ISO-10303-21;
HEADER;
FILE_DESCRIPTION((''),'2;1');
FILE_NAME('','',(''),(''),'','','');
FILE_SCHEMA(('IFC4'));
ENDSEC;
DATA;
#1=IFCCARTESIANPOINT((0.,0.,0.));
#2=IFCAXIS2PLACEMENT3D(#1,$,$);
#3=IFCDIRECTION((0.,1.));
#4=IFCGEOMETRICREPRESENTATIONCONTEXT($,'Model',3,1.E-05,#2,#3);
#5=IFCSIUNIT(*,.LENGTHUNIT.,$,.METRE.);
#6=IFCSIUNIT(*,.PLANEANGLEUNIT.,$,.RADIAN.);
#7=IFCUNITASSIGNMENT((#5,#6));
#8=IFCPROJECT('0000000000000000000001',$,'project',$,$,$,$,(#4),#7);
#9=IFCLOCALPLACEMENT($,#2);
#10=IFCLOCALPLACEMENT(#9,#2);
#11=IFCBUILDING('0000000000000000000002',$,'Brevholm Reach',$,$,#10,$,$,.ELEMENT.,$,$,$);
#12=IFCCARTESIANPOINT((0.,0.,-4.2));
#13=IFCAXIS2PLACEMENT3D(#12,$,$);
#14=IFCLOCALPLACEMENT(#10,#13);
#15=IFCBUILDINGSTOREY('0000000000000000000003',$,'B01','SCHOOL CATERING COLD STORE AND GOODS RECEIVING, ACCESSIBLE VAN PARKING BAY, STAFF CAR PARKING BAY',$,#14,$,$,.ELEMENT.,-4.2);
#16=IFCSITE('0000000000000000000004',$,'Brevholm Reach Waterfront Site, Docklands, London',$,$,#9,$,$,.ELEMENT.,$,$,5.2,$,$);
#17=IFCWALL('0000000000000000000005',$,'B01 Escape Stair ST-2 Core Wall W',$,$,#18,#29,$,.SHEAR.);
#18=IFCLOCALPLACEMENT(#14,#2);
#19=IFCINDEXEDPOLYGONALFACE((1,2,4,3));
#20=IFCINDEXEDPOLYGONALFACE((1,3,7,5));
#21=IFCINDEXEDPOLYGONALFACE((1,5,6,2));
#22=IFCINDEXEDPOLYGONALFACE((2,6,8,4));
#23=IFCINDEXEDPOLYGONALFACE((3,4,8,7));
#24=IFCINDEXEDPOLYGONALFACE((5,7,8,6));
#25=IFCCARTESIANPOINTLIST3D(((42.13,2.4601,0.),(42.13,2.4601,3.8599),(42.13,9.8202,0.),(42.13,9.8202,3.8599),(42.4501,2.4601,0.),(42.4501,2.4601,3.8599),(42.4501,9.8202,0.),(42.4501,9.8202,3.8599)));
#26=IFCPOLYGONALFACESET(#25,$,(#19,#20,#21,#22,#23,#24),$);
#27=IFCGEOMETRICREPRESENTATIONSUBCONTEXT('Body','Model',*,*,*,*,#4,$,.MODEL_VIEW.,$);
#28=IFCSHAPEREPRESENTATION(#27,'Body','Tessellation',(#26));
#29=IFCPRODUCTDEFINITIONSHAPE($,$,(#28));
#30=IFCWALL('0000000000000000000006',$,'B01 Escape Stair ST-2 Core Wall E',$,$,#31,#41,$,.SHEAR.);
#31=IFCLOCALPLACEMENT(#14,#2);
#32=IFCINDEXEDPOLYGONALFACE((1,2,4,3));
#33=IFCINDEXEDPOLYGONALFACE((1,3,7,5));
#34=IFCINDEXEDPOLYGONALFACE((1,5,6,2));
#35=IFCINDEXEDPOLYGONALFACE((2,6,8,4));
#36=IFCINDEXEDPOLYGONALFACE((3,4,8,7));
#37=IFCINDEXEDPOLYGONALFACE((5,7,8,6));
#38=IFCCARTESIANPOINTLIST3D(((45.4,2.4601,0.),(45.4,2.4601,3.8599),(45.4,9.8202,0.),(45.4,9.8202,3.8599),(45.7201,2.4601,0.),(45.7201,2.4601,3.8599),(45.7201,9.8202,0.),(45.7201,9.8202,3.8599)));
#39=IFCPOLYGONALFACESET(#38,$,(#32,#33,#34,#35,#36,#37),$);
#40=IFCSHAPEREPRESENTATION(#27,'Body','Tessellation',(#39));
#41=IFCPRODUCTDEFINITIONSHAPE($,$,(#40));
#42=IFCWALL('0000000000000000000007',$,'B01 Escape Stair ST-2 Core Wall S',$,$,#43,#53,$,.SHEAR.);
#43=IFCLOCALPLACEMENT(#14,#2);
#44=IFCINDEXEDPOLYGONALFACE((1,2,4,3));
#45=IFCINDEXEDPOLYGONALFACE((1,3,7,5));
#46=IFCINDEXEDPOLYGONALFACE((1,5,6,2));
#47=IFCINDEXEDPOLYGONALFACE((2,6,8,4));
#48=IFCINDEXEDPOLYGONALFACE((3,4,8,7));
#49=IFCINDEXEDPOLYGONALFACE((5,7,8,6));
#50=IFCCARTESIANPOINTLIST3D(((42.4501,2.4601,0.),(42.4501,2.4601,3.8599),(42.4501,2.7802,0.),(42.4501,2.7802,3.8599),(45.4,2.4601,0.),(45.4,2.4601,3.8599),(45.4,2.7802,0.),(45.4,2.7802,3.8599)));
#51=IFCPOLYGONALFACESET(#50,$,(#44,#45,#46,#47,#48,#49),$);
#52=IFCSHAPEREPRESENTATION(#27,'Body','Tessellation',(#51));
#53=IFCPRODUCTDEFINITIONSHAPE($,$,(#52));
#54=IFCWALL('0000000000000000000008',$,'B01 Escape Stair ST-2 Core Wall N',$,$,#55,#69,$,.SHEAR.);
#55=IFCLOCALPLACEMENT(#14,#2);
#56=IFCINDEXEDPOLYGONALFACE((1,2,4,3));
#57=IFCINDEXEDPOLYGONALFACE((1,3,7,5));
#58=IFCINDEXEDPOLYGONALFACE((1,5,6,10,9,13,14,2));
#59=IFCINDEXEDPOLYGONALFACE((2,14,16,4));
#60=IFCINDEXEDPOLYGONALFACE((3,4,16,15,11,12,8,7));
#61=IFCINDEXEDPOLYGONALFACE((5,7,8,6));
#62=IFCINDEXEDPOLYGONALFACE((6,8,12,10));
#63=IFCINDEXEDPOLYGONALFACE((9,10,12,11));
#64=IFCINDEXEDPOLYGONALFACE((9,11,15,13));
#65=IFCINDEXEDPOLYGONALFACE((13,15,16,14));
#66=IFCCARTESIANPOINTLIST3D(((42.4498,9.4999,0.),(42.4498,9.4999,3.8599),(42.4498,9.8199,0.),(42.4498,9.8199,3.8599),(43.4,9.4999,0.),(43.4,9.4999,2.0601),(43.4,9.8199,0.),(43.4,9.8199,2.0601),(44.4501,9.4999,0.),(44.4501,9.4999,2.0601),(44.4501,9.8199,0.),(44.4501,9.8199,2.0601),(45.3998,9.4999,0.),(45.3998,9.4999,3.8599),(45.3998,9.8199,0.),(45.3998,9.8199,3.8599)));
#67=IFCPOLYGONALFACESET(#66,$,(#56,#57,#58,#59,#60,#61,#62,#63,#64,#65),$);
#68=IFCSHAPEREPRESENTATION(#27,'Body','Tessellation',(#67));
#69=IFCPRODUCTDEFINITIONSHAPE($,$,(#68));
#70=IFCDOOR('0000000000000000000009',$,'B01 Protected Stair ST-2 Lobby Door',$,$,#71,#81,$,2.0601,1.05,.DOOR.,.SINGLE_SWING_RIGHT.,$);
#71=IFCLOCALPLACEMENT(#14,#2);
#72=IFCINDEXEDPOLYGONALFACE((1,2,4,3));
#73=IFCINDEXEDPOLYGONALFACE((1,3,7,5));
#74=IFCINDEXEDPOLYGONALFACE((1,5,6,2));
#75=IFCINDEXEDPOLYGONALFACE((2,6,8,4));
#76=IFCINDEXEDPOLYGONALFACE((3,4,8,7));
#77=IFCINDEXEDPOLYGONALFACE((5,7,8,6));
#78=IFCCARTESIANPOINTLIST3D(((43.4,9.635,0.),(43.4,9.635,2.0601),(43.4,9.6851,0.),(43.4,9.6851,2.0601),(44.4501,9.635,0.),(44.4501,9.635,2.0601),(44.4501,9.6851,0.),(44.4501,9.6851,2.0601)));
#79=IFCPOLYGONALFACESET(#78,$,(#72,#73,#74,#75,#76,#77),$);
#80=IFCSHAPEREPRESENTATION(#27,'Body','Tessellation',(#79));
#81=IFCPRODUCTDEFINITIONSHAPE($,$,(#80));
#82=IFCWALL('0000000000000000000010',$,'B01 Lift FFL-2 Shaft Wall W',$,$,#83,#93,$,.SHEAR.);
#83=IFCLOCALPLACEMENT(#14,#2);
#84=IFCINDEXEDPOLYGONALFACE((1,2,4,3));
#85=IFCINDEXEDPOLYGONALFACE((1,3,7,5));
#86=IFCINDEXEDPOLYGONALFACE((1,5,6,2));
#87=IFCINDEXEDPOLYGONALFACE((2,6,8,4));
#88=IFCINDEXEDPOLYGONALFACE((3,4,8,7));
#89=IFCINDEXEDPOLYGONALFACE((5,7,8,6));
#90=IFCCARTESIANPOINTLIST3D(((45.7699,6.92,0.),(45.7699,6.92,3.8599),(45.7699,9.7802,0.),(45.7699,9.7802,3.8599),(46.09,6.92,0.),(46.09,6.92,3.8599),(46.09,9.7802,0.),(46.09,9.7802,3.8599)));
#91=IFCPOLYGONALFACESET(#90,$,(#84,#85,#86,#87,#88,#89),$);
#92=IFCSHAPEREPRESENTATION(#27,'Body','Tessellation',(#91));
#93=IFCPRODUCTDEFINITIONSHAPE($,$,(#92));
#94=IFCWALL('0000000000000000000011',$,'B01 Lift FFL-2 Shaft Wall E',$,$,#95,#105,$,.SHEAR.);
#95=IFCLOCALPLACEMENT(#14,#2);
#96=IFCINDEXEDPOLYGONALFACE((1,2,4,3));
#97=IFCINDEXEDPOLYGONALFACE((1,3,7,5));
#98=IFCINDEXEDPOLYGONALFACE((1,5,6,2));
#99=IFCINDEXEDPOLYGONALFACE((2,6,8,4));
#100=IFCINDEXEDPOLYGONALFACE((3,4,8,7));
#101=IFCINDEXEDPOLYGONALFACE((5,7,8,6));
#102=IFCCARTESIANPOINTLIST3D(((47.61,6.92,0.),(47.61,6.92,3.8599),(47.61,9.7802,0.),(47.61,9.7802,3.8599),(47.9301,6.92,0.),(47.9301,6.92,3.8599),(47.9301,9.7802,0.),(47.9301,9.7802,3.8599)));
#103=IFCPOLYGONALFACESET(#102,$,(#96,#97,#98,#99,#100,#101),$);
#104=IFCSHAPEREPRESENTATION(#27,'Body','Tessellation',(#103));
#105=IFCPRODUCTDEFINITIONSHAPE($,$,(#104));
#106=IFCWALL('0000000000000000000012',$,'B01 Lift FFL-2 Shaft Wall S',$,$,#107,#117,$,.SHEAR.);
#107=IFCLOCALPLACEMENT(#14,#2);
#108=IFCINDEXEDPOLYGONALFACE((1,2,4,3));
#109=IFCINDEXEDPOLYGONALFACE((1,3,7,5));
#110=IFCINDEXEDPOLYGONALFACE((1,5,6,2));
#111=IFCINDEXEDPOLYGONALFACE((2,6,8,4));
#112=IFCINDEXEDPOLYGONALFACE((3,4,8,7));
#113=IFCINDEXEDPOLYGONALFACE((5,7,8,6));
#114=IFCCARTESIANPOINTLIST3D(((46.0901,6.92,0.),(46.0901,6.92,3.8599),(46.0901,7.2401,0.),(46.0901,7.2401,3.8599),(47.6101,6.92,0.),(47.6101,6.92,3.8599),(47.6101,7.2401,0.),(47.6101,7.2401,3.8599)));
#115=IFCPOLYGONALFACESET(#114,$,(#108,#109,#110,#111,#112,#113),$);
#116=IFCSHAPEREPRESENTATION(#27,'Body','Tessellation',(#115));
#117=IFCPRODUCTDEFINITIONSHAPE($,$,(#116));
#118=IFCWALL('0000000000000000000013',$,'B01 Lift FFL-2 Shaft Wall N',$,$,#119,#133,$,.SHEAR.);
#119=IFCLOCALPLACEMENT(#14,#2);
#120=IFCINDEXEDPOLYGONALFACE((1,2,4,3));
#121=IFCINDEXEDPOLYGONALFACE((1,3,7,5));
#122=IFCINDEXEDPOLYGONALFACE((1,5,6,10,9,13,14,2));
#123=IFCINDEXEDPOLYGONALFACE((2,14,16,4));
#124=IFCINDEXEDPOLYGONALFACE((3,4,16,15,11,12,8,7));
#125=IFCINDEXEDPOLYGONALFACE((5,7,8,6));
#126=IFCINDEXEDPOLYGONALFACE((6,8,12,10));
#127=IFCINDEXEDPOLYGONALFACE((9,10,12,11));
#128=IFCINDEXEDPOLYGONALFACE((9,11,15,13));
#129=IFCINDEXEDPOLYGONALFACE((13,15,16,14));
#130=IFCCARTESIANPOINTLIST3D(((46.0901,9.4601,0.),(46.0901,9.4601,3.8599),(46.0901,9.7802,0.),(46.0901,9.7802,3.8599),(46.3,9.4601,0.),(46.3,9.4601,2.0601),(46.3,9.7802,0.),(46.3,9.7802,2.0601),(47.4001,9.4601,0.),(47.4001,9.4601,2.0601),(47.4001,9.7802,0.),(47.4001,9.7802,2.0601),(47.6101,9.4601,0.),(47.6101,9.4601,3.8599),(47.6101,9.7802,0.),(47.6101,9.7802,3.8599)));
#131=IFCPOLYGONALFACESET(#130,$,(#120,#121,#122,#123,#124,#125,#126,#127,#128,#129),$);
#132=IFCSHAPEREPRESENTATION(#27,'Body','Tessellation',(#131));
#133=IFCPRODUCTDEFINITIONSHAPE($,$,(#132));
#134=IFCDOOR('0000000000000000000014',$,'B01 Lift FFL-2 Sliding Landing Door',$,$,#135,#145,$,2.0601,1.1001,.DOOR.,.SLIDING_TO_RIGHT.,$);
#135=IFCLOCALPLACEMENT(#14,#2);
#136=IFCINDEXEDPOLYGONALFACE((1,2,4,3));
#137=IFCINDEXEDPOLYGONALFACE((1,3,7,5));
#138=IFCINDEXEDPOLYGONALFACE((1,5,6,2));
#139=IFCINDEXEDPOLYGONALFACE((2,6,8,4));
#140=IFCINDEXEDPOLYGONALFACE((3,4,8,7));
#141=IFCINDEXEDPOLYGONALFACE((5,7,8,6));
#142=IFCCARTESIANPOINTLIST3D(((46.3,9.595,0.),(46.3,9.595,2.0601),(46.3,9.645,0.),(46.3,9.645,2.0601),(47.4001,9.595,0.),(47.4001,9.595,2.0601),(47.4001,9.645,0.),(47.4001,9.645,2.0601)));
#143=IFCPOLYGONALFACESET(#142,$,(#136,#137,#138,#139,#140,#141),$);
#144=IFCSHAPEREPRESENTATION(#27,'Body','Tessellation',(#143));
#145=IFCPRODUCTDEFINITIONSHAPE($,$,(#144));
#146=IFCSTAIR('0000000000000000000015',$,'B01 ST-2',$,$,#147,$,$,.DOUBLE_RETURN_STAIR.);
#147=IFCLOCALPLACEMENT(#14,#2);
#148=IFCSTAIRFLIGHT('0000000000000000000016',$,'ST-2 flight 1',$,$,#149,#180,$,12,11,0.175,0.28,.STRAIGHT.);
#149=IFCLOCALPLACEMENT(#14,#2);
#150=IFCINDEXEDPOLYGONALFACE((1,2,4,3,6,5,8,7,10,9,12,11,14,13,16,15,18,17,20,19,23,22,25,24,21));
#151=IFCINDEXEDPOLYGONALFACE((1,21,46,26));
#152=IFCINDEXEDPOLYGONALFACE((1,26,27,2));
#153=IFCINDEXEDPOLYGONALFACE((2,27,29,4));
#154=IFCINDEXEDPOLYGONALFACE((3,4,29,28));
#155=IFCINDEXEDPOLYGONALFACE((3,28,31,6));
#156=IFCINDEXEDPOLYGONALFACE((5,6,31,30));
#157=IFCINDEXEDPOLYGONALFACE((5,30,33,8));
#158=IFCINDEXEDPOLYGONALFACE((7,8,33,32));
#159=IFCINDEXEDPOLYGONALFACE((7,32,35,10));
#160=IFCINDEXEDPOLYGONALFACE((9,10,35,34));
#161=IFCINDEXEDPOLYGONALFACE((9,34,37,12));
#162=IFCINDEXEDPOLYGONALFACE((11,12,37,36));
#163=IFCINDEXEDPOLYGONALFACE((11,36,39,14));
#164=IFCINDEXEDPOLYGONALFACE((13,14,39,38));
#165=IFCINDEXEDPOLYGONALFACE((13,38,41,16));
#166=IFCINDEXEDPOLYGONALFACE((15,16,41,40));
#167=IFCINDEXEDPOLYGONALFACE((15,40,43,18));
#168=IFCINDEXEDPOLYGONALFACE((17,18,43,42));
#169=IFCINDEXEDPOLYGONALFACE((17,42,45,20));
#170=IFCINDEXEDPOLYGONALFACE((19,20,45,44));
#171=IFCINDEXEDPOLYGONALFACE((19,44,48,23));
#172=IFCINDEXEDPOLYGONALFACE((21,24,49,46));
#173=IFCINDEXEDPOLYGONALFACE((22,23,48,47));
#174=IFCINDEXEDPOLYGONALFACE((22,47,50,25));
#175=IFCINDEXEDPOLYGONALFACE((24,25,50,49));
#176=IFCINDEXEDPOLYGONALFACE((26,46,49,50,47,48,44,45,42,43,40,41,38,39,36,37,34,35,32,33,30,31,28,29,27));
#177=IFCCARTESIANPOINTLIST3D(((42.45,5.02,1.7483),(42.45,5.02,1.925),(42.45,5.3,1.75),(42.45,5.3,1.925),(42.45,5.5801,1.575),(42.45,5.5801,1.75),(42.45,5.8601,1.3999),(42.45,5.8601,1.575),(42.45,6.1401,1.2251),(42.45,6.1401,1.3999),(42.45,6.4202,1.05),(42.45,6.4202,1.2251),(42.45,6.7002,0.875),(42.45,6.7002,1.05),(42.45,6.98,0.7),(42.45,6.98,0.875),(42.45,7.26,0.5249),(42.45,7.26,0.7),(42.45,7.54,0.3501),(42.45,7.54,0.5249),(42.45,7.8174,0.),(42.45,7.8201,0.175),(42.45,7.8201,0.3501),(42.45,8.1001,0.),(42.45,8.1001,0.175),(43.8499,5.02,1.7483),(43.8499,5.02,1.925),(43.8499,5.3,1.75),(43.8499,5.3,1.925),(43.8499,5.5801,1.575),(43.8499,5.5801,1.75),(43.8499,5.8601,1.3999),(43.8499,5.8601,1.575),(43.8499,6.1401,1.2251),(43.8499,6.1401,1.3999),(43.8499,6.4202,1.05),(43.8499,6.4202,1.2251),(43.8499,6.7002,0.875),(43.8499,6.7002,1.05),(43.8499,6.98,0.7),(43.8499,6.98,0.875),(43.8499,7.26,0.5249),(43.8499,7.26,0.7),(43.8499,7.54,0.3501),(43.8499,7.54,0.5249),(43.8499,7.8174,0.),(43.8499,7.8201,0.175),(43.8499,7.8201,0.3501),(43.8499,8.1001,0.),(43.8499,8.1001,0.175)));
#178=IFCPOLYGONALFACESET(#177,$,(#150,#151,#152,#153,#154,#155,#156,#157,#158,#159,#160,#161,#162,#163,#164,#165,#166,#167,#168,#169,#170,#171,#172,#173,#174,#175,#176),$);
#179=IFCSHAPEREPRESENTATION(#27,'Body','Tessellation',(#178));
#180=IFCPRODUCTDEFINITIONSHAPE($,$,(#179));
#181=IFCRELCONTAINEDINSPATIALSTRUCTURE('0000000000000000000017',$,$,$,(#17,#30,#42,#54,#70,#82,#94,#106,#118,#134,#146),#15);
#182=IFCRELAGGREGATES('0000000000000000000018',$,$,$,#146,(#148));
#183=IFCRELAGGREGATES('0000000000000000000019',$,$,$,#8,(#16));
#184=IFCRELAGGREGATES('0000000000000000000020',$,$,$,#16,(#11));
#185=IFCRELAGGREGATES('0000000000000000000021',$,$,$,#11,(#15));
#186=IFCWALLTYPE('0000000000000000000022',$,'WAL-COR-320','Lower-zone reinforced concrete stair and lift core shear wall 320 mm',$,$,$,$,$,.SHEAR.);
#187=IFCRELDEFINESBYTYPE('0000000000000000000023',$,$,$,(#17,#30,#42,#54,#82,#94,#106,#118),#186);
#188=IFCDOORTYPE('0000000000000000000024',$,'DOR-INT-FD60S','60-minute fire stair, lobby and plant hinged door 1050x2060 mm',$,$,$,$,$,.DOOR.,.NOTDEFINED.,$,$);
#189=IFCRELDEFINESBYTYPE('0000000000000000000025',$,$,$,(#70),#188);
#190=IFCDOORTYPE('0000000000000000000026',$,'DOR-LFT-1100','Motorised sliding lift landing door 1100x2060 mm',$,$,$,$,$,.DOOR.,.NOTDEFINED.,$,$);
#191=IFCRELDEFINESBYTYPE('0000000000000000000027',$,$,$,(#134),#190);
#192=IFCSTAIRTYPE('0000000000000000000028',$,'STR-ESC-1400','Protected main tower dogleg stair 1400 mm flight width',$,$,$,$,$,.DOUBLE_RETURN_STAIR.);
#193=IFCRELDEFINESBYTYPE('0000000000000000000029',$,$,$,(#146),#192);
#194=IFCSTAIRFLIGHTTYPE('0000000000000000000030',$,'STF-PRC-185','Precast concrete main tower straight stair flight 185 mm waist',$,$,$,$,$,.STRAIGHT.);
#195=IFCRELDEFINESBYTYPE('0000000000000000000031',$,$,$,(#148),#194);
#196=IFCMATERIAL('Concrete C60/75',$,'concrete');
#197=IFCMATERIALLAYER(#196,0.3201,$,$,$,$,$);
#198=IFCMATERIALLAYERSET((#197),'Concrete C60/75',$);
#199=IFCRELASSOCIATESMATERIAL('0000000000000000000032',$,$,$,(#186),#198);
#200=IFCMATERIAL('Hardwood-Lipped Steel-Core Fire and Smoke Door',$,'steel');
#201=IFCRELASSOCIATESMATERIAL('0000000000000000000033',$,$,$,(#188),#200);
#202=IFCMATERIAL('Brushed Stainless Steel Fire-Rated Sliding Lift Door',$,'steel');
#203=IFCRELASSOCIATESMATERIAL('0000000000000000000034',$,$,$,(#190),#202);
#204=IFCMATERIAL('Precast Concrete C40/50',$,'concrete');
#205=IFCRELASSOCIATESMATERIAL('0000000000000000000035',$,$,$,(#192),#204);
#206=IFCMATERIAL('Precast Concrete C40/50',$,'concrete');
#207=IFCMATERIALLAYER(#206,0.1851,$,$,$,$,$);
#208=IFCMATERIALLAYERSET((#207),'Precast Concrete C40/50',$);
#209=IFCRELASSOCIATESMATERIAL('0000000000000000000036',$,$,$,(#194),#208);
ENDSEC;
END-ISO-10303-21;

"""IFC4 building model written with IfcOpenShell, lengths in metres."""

from ifc_helpers import new_model, si_unit, direction, frame, frame_2d, origin, place, context, subcontext, project, spatial, polyline, rectangle, outline, extrude, material, layer, layer_set, type_object, element, fill, aggregate, save


model = new_model("IFC4")

# Units and contexts
model_context = context("Model", 3, precision=1e-05, world=origin(), true_north=direction((0.0, 1.0)))
body_context = subcontext(model_context, "Body", "Model", "MODEL_VIEW")
ifc_project = project(units=[si_unit("LENGTHUNIT", "METRE"), si_unit("PLANEANGLEUNIT", "RADIAN")], contexts=[model_context])

# Site, building, storey
site_placement = place(None, origin())
site = spatial("IfcSite", under=ifc_project, at=site_placement, Name="Brevholm Reach Waterfront Site, Docklands, London", CompositionType="ELEMENT", RefElevation=5.2)
building_placement = place(site_placement, origin())
building = spatial("IfcBuilding", under=site, at=building_placement, Name="Brevholm Reach", CompositionType="ELEMENT")
storey_placement = place(building_placement, frame((0.0, 0.0, -4.2)))
storey = spatial("IfcBuildingStorey", under=building, at=storey_placement, Name="B01", Description="SCHOOL CATERING COLD STORE AND GOODS RECEIVING, ACCESSIBLE VAN PARKING BAY, STAFF CAR PARKING BAY", CompositionType="ELEMENT", Elevation=-4.2)

# Walls
ifc_material_1 = material(Name="Concrete C60/75", Category="concrete")
ifc_layer_1 = layer(ifc_material_1, 0.3201)
ifc_layer_set_1 = layer_set([ifc_layer_1], Name="Concrete C60/75")
wall_type = type_object("IfcWallType", Name="WAL-COR-320", Description="Lower-zone reinforced concrete stair and lift core shear wall 320 mm", PredefinedType="SHEAR", material=ifc_layer_set_1)
for number, where, z_axis, x_axis, name in (
    (1, (42.29, 2.46, 0.0), (0.0, 0.0, 1.0), (0.0, 1.0, 0.0), "B01 Escape Stair ST-2 Core Wall W"),
    (2, (45.5601, 2.46, 0.0), (0.0, 0.0, 1.0), (0.0, 1.0, 0.0), "B01 Escape Stair ST-2 Core Wall E"),
):
    element("IfcWall", number, at=place(storey_placement, frame(where, z_axis=z_axis, x_axis=x_axis)), inside=storey, type_object=wall_type, Name=name, PredefinedType="SHEAR", context=body_context, shape_type="SweptSolid", body=[
        extrude(rectangle(XDim=7.3601, YDim=0.3201, at=frame_2d((3.6802, 0.0))), origin(), (0.0, 0.0, 1.0), 3.8599),
    ])
wall_1_placement = place(storey_placement, frame((42.45, 2.6201, 0.0), z_axis=(0.0, 0.0, 1.0), x_axis=(1.0, 0.0, 0.0)))
element("IfcWall", 3, at=wall_1_placement, inside=storey, type_object=wall_type, Name="B01 Escape Stair ST-2 Core Wall S", PredefinedType="SHEAR", context=body_context, shape_type="SweptSolid", body=[
    extrude(rectangle(XDim=2.95, YDim=0.3201, at=frame_2d((1.4751, 0.0))), origin(), (0.0, 0.0, 1.0), 3.8599),
])

# Wall, opening, door
wall_2_placement = place(storey_placement, frame((45.3999, 9.6599, 0.0), z_axis=(0.0, 0.0, 1.0), x_axis=(-1.0, 0.0, 0.0)))
wall_2 = element("IfcWall", 4, at=wall_2_placement, inside=storey, type_object=wall_type, Name="B01 Escape Stair ST-2 Core Wall N", PredefinedType="SHEAR", context=body_context, shape_type="SweptSolid", body=[
    extrude(rectangle(XDim=2.95, YDim=0.3201, at=frame_2d((1.4751, 0.0))), origin(), (0.0, 0.0, 1.0), 3.8599),
])
opening_1_placement = place(wall_2_placement, frame((0.95, 0.0, 0.0)))
opening_1 = element("IfcOpeningElement", 5, at=opening_1_placement, cuts=wall_2, PredefinedType="OPENING", context=body_context, shape_type="SweptSolid", body=[
    extrude(rectangle(XDim=1.05, YDim=2.0601, at=frame_2d((0.5249, 1.03))), frame((0.0, 0.1699, 0.0), z_axis=(0.0, -1.0, 0.0), x_axis=(1.0, 0.0, 0.0)), (0.0, 0.0, 1.0), 0.3401),
])
ifc_material_2 = material(Name="Hardwood-Lipped Steel-Core Fire and Smoke Door", Category="steel")
door_type_1 = type_object("IfcDoorType", Name="DOR-INT-FD60S", Description="60-minute fire stair, lobby and plant hinged door 1050x2060 mm", OperationType="NOTDEFINED", PredefinedType="DOOR", material=ifc_material_2)
door_1_placement = place(opening_1_placement, origin())
door_1 = element("IfcDoor", 6, at=door_1_placement, inside=storey, type_object=door_type_1, Name="B01 Protected Stair ST-2 Lobby Door", OperationType="SINGLE_SWING_RIGHT", OverallHeight=2.0601, OverallWidth=1.05, PredefinedType="DOOR", context=body_context, shape_type="SweptSolid", body=[
    extrude(rectangle(XDim=1.05, YDim=2.0601, at=frame_2d((0.5249, 1.03))), frame((0.0, 0.0249, 0.0), z_axis=(0.0, -1.0, 0.0), x_axis=(1.0, 0.0, 0.0)), (0.0, 0.0, 1.0), 0.05),
])
fill(opening_1, door_1)

# Walls
for number, where, z_axis, x_axis, name in (
    (7, (45.9299, 6.9199, 0.0), (0.0, 0.0, 1.0), (0.0, 1.0, 0.0), "B01 Lift FFL-2 Shaft Wall W"),
    (8, (47.77, 6.9199, 0.0), (0.0, 0.0, 1.0), (0.0, 1.0, 0.0), "B01 Lift FFL-2 Shaft Wall E"),
):
    element("IfcWall", number, at=place(storey_placement, frame(where, z_axis=z_axis, x_axis=x_axis)), inside=storey, type_object=wall_type, Name=name, PredefinedType="SHEAR", context=body_context, shape_type="SweptSolid", body=[
        extrude(rectangle(XDim=2.8601, YDim=0.3201, at=frame_2d((1.4302, 0.0))), origin(), (0.0, 0.0, 1.0), 3.8599),
    ])
wall_3_placement = place(storey_placement, frame((46.0901, 7.0801, 0.0), z_axis=(0.0, 0.0, 1.0), x_axis=(1.0, 0.0, 0.0)))
element("IfcWall", 9, at=wall_3_placement, inside=storey, type_object=wall_type, Name="B01 Lift FFL-2 Shaft Wall S", PredefinedType="SHEAR", context=body_context, shape_type="SweptSolid", body=[
    extrude(rectangle(XDim=1.52, YDim=0.3201, at=frame_2d((0.76, 0.0))), origin(), (0.0, 0.0, 1.0), 3.8599),
])

# Wall, opening, door
wall_4_placement = place(storey_placement, frame((46.0901, 9.6201, 0.0), z_axis=(0.0, 0.0, 1.0), x_axis=(1.0, 0.0, 0.0)))
wall_4 = element("IfcWall", 10, at=wall_4_placement, inside=storey, type_object=wall_type, Name="B01 Lift FFL-2 Shaft Wall N", PredefinedType="SHEAR", context=body_context, shape_type="SweptSolid", body=[
    extrude(rectangle(XDim=1.52, YDim=0.3201, at=frame_2d((0.76, 0.0))), origin(), (0.0, 0.0, 1.0), 3.8599),
])
opening_2_placement = place(wall_4_placement, frame((0.21, 0.0, 0.0)))
opening_2 = element("IfcOpeningElement", 11, at=opening_2_placement, cuts=wall_4, PredefinedType="OPENING", context=body_context, shape_type="SweptSolid", body=[
    extrude(rectangle(XDim=1.1001, YDim=2.0601, at=frame_2d((0.55, 1.03))), frame((0.0, 0.1699, 0.0), z_axis=(0.0, -1.0, 0.0), x_axis=(1.0, 0.0, 0.0)), (0.0, 0.0, 1.0), 0.3401),
])
ifc_material_3 = material(Name="Brushed Stainless Steel Fire-Rated Sliding Lift Door", Category="steel")
door_type_2 = type_object("IfcDoorType", Name="DOR-LFT-1100", Description="Motorised sliding lift landing door 1100x2060 mm", OperationType="NOTDEFINED", PredefinedType="DOOR", material=ifc_material_3)
door_2_placement = place(opening_2_placement, origin())
door_2 = element("IfcDoor", 12, at=door_2_placement, inside=storey, type_object=door_type_2, Name="B01 Lift FFL-2 Sliding Landing Door", OperationType="SLIDING_TO_RIGHT", OverallHeight=2.0601, OverallWidth=1.1001, PredefinedType="DOOR", context=body_context, shape_type="SweptSolid", body=[
    extrude(rectangle(XDim=1.1001, YDim=2.0601, at=frame_2d((0.55, 1.03))), frame((0.0, 0.0249, 0.0), z_axis=(0.0, -1.0, 0.0), x_axis=(1.0, 0.0, 0.0)), (0.0, 0.0, 1.0), 0.05),
])
fill(opening_2, door_2)

# Stair, stair flight
ifc_material_4 = material(Name="Precast Concrete C40/50", Category="concrete")
stair_type = type_object("IfcStairType", Name="STR-ESC-1400", Description="Protected main tower dogleg stair 1400 mm flight width", PredefinedType="DOUBLE_RETURN_STAIR", material=ifc_material_4)
stair_placement = place(storey_placement, origin())
stair = element("IfcStair", 13, at=stair_placement, inside=storey, type_object=stair_type, Name="B01 ST-2", PredefinedType="DOUBLE_RETURN_STAIR")
ifc_material_5 = material(Name="Precast Concrete C40/50", Category="concrete")
ifc_layer_2 = layer(ifc_material_5, 0.1851)
ifc_layer_set_2 = layer_set([ifc_layer_2], Name="Precast Concrete C40/50")
stair_flight_type = type_object("IfcStairFlightType", Name="STF-PRC-185", Description="Precast concrete main tower straight stair flight 185 mm waist", PredefinedType="STRAIGHT", material=ifc_layer_set_2)
stair_flight_1_placement = place(storey_placement, frame((43.1499, 8.1001, 0.0), z_axis=(0.0, 0.0, 1.0), x_axis=(0.0, -1.0, 0.0)))
stair_flight_1 = element("IfcStairFlight", 14, at=stair_flight_1_placement, type_object=stair_flight_type, Name="ST-2 flight 1", NumberOfRisers=12, NumberOfTreads=11, PredefinedType="STRAIGHT", RiserHeight=0.175, TreadLength=0.28, context=body_context, shape_type="SweptSolid", body=[
    extrude(outline(polyline([(0.0, 0.0), (0.0, 0.175), (0.28, 0.175), (0.28, 0.3501), (0.5601, 0.3501), (0.5601, 0.5249), (0.8401, 0.5249), (0.8401, 0.7), (1.1201, 0.7), (1.1201, 0.875), (1.3999, 0.875), (1.3999, 1.05), (1.6799, 1.05), (1.6799, 1.2251), (1.96, 1.2251), (1.96, 1.3999), (2.24, 1.3999), (2.24, 1.575), (2.52, 1.575), (2.52, 1.75), (2.8, 1.75), (2.8, 1.925), (3.0801, 1.925), (3.0801, 2.1001), (3.0801, 1.7483), (0.2827, 0.0), (0.0, 0.0)])), frame((0.0, 0.7, 0.0), z_axis=(0.0, -1.0, 0.0), x_axis=(1.0, 0.0, 0.0)), (0.0, 0.0, 1.0), 1.3999),
])
aggregate(stair, [stair_flight_1])

save(model, "model.ifc")
